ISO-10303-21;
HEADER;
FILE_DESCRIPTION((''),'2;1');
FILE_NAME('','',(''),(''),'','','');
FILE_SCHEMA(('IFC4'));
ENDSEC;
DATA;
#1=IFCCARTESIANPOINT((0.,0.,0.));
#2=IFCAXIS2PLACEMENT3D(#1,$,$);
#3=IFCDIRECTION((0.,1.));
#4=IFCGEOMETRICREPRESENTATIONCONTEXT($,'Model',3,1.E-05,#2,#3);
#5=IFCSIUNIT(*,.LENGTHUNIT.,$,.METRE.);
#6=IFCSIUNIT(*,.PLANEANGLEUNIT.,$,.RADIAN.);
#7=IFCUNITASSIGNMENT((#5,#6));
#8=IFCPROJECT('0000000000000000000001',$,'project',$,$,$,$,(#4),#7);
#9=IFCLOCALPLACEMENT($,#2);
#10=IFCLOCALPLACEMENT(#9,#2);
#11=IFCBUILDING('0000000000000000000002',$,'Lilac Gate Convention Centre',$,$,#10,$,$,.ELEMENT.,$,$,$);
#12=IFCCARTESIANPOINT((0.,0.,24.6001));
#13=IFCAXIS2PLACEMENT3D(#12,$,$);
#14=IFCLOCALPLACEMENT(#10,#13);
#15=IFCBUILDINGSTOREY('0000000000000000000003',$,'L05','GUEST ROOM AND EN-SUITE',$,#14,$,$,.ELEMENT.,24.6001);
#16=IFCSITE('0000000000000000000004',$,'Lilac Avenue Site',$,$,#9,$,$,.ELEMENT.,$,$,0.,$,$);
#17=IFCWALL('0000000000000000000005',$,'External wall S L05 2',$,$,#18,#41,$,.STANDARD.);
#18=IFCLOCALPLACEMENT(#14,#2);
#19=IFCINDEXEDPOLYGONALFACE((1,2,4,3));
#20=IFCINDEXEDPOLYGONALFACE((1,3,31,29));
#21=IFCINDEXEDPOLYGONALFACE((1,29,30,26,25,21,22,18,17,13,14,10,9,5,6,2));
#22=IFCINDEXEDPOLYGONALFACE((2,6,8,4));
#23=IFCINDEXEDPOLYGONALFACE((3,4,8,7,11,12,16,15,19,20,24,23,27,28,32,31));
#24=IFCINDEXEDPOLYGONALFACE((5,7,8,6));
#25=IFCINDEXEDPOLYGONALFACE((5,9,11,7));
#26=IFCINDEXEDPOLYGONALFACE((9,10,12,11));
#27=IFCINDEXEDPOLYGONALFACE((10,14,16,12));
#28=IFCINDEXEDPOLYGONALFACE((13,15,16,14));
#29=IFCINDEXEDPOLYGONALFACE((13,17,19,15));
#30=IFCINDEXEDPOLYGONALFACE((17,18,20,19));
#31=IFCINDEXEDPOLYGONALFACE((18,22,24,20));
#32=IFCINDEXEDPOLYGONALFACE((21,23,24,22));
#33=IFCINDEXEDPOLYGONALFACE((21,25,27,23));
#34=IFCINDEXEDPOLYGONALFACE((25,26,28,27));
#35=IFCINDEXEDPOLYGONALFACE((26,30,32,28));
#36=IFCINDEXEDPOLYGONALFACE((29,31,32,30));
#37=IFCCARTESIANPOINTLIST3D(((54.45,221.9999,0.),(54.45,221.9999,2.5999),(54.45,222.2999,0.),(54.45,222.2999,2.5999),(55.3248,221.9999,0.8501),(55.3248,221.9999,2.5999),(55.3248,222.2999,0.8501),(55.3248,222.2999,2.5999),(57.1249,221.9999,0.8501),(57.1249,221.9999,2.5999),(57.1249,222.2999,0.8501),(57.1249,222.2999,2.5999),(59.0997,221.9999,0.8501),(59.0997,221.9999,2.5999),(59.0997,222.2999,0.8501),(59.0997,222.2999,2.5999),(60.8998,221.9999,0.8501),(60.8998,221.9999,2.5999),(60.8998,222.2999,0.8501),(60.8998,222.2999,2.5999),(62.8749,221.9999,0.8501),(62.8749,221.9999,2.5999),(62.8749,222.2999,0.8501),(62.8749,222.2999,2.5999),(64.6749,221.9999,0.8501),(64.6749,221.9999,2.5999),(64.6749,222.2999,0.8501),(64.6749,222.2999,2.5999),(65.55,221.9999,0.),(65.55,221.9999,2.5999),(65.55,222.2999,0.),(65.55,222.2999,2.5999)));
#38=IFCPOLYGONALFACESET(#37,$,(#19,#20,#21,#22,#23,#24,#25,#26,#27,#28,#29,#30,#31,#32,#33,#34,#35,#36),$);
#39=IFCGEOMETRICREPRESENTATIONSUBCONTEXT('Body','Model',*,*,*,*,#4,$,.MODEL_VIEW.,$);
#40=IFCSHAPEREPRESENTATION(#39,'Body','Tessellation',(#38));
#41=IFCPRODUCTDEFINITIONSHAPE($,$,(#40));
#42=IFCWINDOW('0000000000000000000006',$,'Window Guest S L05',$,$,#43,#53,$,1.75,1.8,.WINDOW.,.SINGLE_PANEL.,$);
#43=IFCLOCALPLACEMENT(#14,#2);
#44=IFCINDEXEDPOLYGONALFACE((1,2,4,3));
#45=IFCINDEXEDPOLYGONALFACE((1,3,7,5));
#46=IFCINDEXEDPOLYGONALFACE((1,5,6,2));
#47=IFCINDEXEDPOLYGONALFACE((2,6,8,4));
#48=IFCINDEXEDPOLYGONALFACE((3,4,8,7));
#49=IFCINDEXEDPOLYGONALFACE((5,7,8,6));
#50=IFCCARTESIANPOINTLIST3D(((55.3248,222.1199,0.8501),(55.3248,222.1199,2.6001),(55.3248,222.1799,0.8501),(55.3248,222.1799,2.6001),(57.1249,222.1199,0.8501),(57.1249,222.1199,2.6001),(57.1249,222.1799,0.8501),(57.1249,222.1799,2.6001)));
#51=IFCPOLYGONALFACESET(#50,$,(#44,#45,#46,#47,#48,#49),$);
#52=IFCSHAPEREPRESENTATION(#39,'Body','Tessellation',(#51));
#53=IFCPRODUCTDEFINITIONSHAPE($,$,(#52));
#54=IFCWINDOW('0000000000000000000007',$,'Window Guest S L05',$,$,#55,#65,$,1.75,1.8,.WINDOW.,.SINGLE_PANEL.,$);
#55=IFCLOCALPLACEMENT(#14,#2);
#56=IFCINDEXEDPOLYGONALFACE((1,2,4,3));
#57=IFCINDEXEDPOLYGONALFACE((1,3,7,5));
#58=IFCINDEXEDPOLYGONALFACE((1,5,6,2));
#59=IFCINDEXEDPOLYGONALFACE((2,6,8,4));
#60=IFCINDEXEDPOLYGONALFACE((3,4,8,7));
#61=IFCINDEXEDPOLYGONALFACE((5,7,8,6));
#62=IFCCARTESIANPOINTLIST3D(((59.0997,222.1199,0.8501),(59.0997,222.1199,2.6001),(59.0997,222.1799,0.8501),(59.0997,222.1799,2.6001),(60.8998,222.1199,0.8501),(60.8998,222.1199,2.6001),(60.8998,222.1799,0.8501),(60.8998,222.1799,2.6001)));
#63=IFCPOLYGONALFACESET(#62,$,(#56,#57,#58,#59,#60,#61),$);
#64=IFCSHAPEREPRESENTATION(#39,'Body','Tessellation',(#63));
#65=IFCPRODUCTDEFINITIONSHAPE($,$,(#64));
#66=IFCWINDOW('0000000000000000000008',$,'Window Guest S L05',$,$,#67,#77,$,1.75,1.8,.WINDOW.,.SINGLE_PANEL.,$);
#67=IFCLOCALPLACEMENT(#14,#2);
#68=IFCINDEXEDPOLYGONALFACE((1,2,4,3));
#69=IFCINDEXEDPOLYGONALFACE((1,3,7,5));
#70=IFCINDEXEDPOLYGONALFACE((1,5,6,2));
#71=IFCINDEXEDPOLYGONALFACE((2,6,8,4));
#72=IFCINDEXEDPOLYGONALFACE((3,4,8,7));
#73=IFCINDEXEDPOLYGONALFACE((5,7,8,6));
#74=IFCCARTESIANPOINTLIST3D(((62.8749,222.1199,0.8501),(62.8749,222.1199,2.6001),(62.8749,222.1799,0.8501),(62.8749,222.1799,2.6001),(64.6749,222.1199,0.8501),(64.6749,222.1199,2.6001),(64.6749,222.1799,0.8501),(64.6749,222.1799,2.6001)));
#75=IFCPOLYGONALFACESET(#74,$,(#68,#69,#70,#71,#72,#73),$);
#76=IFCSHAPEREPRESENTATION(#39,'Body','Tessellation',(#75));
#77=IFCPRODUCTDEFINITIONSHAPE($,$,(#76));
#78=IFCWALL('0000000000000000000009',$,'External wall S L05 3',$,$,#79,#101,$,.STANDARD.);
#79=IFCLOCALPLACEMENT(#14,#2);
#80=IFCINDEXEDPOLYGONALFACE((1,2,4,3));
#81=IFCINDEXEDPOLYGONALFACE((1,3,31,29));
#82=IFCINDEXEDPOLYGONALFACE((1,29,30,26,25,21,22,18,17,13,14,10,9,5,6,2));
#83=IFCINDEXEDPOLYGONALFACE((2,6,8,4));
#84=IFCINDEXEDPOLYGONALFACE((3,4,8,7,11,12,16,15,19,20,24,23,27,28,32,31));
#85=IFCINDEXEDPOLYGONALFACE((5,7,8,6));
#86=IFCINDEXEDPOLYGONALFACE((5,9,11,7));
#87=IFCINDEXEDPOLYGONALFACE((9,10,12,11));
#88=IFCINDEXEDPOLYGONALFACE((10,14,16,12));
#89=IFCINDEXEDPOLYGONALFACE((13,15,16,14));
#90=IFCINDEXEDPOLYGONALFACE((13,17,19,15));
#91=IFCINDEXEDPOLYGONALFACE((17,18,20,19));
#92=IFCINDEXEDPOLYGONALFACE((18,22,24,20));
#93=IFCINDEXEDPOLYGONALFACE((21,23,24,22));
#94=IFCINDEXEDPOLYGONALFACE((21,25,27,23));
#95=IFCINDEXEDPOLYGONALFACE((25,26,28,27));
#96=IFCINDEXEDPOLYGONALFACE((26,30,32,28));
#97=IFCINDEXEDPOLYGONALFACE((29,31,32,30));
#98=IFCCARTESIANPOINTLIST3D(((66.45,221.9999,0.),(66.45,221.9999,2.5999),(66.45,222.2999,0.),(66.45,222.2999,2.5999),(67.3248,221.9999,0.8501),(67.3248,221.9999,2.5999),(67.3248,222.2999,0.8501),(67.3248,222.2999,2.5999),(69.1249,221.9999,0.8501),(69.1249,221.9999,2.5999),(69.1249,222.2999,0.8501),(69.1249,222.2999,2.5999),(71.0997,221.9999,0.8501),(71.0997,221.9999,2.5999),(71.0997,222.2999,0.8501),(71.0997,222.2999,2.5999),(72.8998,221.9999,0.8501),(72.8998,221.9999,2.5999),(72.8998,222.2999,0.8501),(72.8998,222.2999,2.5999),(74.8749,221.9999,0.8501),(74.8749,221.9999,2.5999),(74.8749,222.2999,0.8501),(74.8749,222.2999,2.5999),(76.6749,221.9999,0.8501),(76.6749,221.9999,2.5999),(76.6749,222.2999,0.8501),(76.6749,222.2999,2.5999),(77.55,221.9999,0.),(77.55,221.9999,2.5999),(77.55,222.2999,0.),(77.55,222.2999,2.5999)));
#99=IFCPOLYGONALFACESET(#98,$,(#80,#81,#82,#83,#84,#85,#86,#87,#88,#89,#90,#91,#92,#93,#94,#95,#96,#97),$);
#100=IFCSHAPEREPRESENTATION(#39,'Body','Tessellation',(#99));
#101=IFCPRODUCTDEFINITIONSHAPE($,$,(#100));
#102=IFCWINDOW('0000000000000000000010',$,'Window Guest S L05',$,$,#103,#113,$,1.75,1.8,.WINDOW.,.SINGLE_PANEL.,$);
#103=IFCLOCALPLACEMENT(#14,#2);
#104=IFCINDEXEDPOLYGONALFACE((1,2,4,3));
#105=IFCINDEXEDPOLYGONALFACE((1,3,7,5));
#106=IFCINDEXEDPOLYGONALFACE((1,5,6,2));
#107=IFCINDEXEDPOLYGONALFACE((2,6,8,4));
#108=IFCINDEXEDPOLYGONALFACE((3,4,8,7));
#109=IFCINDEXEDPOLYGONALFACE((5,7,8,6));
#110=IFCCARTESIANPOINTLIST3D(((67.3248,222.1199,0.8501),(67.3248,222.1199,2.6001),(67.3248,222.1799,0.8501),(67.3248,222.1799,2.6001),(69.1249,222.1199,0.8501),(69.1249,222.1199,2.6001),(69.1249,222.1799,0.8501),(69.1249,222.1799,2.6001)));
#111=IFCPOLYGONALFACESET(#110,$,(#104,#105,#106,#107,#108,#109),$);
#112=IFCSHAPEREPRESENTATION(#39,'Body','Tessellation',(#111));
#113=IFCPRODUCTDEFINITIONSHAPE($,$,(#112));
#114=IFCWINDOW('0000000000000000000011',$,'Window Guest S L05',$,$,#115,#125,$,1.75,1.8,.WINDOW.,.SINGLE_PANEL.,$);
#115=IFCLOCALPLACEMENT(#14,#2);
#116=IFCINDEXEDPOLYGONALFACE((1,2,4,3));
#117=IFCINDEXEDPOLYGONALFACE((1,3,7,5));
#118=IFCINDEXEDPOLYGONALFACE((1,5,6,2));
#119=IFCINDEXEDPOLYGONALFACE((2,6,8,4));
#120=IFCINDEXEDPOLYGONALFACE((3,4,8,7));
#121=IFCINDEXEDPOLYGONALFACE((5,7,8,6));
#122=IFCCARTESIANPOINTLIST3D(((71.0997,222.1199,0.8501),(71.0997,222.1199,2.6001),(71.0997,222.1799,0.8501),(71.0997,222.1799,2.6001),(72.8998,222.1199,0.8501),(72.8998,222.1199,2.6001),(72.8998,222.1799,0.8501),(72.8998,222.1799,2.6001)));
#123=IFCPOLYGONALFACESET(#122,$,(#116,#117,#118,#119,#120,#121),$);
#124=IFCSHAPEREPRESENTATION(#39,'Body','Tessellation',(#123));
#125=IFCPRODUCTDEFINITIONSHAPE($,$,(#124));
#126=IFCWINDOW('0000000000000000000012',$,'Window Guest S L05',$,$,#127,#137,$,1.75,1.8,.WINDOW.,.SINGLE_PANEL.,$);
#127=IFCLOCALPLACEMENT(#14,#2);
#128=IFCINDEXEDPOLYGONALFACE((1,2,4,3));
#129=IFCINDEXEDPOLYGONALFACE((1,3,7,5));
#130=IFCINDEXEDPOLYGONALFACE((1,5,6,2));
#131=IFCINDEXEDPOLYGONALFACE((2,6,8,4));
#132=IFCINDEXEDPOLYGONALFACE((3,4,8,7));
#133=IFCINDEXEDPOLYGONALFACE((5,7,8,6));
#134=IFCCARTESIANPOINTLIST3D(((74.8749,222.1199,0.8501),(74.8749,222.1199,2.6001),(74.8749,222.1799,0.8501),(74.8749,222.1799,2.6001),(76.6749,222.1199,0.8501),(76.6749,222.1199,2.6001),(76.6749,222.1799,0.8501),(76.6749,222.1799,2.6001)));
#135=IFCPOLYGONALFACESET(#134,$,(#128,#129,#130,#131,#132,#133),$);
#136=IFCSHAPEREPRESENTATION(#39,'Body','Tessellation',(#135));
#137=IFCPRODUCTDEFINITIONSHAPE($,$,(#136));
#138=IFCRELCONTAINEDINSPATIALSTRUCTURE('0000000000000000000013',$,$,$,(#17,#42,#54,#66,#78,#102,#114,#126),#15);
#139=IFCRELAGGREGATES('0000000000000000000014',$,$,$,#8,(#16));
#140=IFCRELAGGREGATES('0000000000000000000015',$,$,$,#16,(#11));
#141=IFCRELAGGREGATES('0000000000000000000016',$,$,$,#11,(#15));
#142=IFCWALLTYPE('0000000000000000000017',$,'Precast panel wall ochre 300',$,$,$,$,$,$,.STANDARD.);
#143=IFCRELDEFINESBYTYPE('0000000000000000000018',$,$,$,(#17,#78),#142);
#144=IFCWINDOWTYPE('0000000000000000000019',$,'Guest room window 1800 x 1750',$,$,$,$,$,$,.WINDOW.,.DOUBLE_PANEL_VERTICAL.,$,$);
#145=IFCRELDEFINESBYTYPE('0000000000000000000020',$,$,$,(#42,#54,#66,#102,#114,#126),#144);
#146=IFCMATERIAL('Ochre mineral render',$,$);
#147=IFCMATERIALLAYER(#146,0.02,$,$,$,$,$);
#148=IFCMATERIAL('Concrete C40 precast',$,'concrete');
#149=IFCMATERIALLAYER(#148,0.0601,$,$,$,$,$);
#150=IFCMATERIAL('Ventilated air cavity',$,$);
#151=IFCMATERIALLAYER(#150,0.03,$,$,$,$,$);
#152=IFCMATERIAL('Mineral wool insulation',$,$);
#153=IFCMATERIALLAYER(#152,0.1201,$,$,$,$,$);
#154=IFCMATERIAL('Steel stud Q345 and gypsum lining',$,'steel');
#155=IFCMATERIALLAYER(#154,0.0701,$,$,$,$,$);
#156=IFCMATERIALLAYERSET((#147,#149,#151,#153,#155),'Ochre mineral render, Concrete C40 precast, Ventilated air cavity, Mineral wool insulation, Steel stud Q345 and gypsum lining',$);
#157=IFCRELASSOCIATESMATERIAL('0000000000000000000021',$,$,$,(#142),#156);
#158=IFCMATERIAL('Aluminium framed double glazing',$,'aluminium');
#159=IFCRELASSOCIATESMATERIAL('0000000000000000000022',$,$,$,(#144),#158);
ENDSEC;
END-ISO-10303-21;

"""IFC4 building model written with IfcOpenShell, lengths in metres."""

from ifc_helpers import new_model, si_unit, direction, frame, frame_2d, origin, place, context, subcontext, project, spatial, rectangle, extrude, material, layer, layer_set, type_object, element, fill, save


model = new_model("IFC4")

# Units and contexts
model_context = context("Model", 3, precision=1e-05, world=origin(), true_north=direction((0.0, 1.0)))
body_context = subcontext(model_context, "Body", "Model", "MODEL_VIEW")
ifc_project = project(units=[si_unit("LENGTHUNIT", "METRE"), si_unit("PLANEANGLEUNIT", "RADIAN")], contexts=[model_context])

# Site, building, storey
site_placement = place(None, origin())
site = spatial("IfcSite", under=ifc_project, at=site_placement, Name="Lilac Avenue Site", CompositionType="ELEMENT", RefElevation=0.0)
building_placement = place(site_placement, origin())
building = spatial("IfcBuilding", under=site, at=building_placement, Name="Lilac Gate Convention Centre", CompositionType="ELEMENT")
storey_placement = place(building_placement, frame((0.0, 0.0, 24.6001)))
storey = spatial("IfcBuildingStorey", under=building, at=storey_placement, Name="L05", Description="GUEST ROOM AND EN-SUITE", CompositionType="ELEMENT", Elevation=24.6001)

# Walls, openings, windows
ifc_material_1 = material(Name="Ochre mineral render")
ifc_layer_1 = layer(ifc_material_1, 0.02)
ifc_material_2 = material(Name="Concrete C40 precast", Category="concrete")
ifc_layer_2 = layer(ifc_material_2, 0.0601)
ifc_material_3 = material(Name="Ventilated air cavity")
ifc_layer_3 = layer(ifc_material_3, 0.03)
ifc_material_4 = material(Name="Mineral wool insulation")
ifc_layer_4 = layer(ifc_material_4, 0.1201)
ifc_material_5 = material(Name="Steel stud Q345 and gypsum lining", Category="steel")
ifc_layer_5 = layer(ifc_material_5, 0.0701)
ifc_layer_set_1 = layer_set([ifc_layer_1, ifc_layer_2, ifc_layer_3, ifc_layer_4, ifc_layer_5], Name="Ochre mineral render, Concrete C40 precast, Ventilated air cavity, Mineral wool insulation, Steel stud Q345 and gypsum lining")
wall_type_1 = type_object("IfcWallType", Name="Precast panel wall ochre 300", PredefinedType="STANDARD", material=ifc_layer_set_1)
ifc_material_6 = material(Name="Aluminium framed double glazing", Category="aluminium")
window_type = type_object("IfcWindowType", Name="Guest room window 1800 x 1750", PartitioningType="DOUBLE_PANEL_VERTICAL", PredefinedType="WINDOW", material=ifc_material_6)
wall_1_placement = place(storey_placement, frame((54.45, 222.1499, 0.0), z_axis=(0.0, 0.0, 1.0), x_axis=(1.0, 0.0, 0.0)))
wall_1 = element("IfcWall", 1, at=wall_1_placement, inside=storey, type_object=wall_type_1, Name="External wall S L05 2", PredefinedType="STANDARD", context=body_context, shape_type="SweptSolid", body=[
    extrude(rectangle(XDim=11.1001, YDim=0.3, at=frame_2d((5.55, 0.0))), origin(), (0.0, 0.0, 1.0), 2.5999),
])
opening_1_placement = place(wall_1_placement, frame((0.875, 0.0, 0.8501)))
opening_1 = element("IfcOpeningElement", 2, at=opening_1_placement, cuts=wall_1, PredefinedType="OPENING", context=body_context, shape_type="SweptSolid", body=[
    extrude(rectangle(XDim=1.8, YDim=1.75, at=frame_2d((0.8999, 0.875))), frame((0.0, 0.1599, 0.0), z_axis=(0.0, -1.0, 0.0), x_axis=(1.0, 0.0, 0.0)), (0.0, 0.0, 1.0), 0.3201),
])
opening_2_placement = place(wall_1_placement, frame((4.6499, 0.0, 0.8501)))
opening_2 = element("IfcOpeningElement", 3, at=opening_2_placement, cuts=wall_1, PredefinedType="OPENING", context=body_context, shape_type="SweptSolid", body=[
    extrude(rectangle(XDim=1.8, YDim=1.75, at=frame_2d((0.8999, 0.875))), frame((0.0, 0.1599, 0.0), z_axis=(0.0, -1.0, 0.0), x_axis=(1.0, 0.0, 0.0)), (0.0, 0.0, 1.0), 0.3201),
])
opening_3_placement = place(wall_1_placement, frame((8.425, 0.0, 0.8501)))
opening_3 = element("IfcOpeningElement", 4, at=opening_3_placement, cuts=wall_1, PredefinedType="OPENING", context=body_context, shape_type="SweptSolid", body=[
    extrude(rectangle(XDim=1.8, YDim=1.75, at=frame_2d((0.8999, 0.875))), frame((0.0, 0.1599, 0.0), z_axis=(0.0, -1.0, 0.0), x_axis=(1.0, 0.0, 0.0)), (0.0, 0.0, 1.0), 0.3201),
])
window_1_placement = place(opening_1_placement, origin())
window_1 = element("IfcWindow", 5, at=window_1_placement, inside=storey, type_object=window_type, Name="Window Guest S L05", OverallHeight=1.75, OverallWidth=1.8, PartitioningType="SINGLE_PANEL", PredefinedType="WINDOW", context=body_context, shape_type="SweptSolid", body=[
    extrude(rectangle(XDim=1.8, YDim=1.75, at=frame_2d((0.8999, 0.875))), frame((0.0, 0.03, 0.0), z_axis=(0.0, -1.0, 0.0), x_axis=(1.0, 0.0, 0.0)), (0.0, 0.0, 1.0), 0.0601),
])
fill(opening_1, window_1)
window_2_placement = place(opening_2_placement, origin())
window_2 = element("IfcWindow", 6, at=window_2_placement, inside=storey, type_object=window_type, Name="Window Guest S L05", OverallHeight=1.75, OverallWidth=1.8, PartitioningType="SINGLE_PANEL", PredefinedType="WINDOW", context=body_context, shape_type="SweptSolid", body=[
    extrude(rectangle(XDim=1.8, YDim=1.75, at=frame_2d((0.8999, 0.875))), frame((0.0, 0.03, 0.0), z_axis=(0.0, -1.0, 0.0), x_axis=(1.0, 0.0, 0.0)), (0.0, 0.0, 1.0), 0.0601),
])
fill(opening_2, window_2)
window_3_placement = place(opening_3_placement, origin())
window_3 = element("IfcWindow", 7, at=window_3_placement, inside=storey, type_object=window_type, Name="Window Guest S L05", OverallHeight=1.75, OverallWidth=1.8, PartitioningType="SINGLE_PANEL", PredefinedType="WINDOW", context=body_context, shape_type="SweptSolid", body=[
    extrude(rectangle(XDim=1.8, YDim=1.75, at=frame_2d((0.8999, 0.875))), frame((0.0, 0.03, 0.0), z_axis=(0.0, -1.0, 0.0), x_axis=(1.0, 0.0, 0.0)), (0.0, 0.0, 1.0), 0.0601),
])
fill(opening_3, window_3)
wall_2_placement = place(storey_placement, frame((66.45, 222.1499, 0.0), z_axis=(0.0, 0.0, 1.0), x_axis=(1.0, 0.0, 0.0)))
wall_2 = element("IfcWall", 8, at=wall_2_placement, inside=storey, type_object=wall_type_1, Name="External wall S L05 3", PredefinedType="STANDARD", context=body_context, shape_type="SweptSolid", body=[
    extrude(rectangle(XDim=11.1001, YDim=0.3, at=frame_2d((5.55, 0.0))), origin(), (0.0, 0.0, 1.0), 2.5999),
])
opening_4_placement = place(wall_2_placement, frame((0.875, 0.0, 0.8501)))
opening_4 = element("IfcOpeningElement", 9, at=opening_4_placement, cuts=wall_2, PredefinedType="OPENING", context=body_context, shape_type="SweptSolid", body=[
    extrude(rectangle(XDim=1.8, YDim=1.75, at=frame_2d((0.8999, 0.875))), frame((0.0, 0.1599, 0.0), z_axis=(0.0, -1.0, 0.0), x_axis=(1.0, 0.0, 0.0)), (0.0, 0.0, 1.0), 0.3201),
])
opening_5_placement = place(wall_2_placement, frame((4.6499, 0.0, 0.8501)))
opening_5 = element("IfcOpeningElement", 10, at=opening_5_placement, cuts=wall_2, PredefinedType="OPENING", context=body_context, shape_type="SweptSolid", body=[
    extrude(rectangle(XDim=1.8, YDim=1.75, at=frame_2d((0.8999, 0.875))), frame((0.0, 0.1599, 0.0), z_axis=(0.0, -1.0, 0.0), x_axis=(1.0, 0.0, 0.0)), (0.0, 0.0, 1.0), 0.3201),
])
opening_6_placement = place(wall_2_placement, frame((8.425, 0.0, 0.8501)))
opening_6 = element("IfcOpeningElement", 11, at=opening_6_placement, cuts=wall_2, PredefinedType="OPENING", context=body_context, shape_type="SweptSolid", body=[
    extrude(rectangle(XDim=1.8, YDim=1.75, at=frame_2d((0.8999, 0.875))), frame((0.0, 0.1599, 0.0), z_axis=(0.0, -1.0, 0.0), x_axis=(1.0, 0.0, 0.0)), (0.0, 0.0, 1.0), 0.3201),
])
window_4_placement = place(opening_4_placement, origin())
window_4 = element("IfcWindow", 12, at=window_4_placement, inside=storey, type_object=window_type, Name="Window Guest S L05", OverallHeight=1.75, OverallWidth=1.8, PartitioningType="SINGLE_PANEL", PredefinedType="WINDOW", context=body_context, shape_type="SweptSolid", body=[
    extrude(rectangle(XDim=1.8, YDim=1.75, at=frame_2d((0.8999, 0.875))), frame((0.0, 0.03, 0.0), z_axis=(0.0, -1.0, 0.0), x_axis=(1.0, 0.0, 0.0)), (0.0, 0.0, 1.0), 0.0601),
])
fill(opening_4, window_4)
window_5_placement = place(opening_5_placement, origin())
window_5 = element("IfcWindow", 13, at=window_5_placement, inside=storey, type_object=window_type, Name="Window Guest S L05", OverallHeight=1.75, OverallWidth=1.8, PartitioningType="SINGLE_PANEL", PredefinedType="WINDOW", context=body_context, shape_type="SweptSolid", body=[
    extrude(rectangle(XDim=1.8, YDim=1.75, at=frame_2d((0.8999, 0.875))), frame((0.0, 0.03, 0.0), z_axis=(0.0, -1.0, 0.0), x_axis=(1.0, 0.0, 0.0)), (0.0, 0.0, 1.0), 0.0601),
])
fill(opening_5, window_5)
window_6_placement = place(opening_6_placement, origin())
window_6 = element("IfcWindow", 14, at=window_6_placement, inside=storey, type_object=window_type, Name="Window Guest S L05", OverallHeight=1.75, OverallWidth=1.8, PartitioningType="SINGLE_PANEL", PredefinedType="WINDOW", context=body_context, shape_type="SweptSolid", body=[
    extrude(rectangle(XDim=1.8, YDim=1.75, at=frame_2d((0.8999, 0.875))), frame((0.0, 0.03, 0.0), z_axis=(0.0, -1.0, 0.0), x_axis=(1.0, 0.0, 0.0)), (0.0, 0.0, 1.0), 0.0601),
])
fill(opening_6, window_6)

save(model, "model.ifc")
